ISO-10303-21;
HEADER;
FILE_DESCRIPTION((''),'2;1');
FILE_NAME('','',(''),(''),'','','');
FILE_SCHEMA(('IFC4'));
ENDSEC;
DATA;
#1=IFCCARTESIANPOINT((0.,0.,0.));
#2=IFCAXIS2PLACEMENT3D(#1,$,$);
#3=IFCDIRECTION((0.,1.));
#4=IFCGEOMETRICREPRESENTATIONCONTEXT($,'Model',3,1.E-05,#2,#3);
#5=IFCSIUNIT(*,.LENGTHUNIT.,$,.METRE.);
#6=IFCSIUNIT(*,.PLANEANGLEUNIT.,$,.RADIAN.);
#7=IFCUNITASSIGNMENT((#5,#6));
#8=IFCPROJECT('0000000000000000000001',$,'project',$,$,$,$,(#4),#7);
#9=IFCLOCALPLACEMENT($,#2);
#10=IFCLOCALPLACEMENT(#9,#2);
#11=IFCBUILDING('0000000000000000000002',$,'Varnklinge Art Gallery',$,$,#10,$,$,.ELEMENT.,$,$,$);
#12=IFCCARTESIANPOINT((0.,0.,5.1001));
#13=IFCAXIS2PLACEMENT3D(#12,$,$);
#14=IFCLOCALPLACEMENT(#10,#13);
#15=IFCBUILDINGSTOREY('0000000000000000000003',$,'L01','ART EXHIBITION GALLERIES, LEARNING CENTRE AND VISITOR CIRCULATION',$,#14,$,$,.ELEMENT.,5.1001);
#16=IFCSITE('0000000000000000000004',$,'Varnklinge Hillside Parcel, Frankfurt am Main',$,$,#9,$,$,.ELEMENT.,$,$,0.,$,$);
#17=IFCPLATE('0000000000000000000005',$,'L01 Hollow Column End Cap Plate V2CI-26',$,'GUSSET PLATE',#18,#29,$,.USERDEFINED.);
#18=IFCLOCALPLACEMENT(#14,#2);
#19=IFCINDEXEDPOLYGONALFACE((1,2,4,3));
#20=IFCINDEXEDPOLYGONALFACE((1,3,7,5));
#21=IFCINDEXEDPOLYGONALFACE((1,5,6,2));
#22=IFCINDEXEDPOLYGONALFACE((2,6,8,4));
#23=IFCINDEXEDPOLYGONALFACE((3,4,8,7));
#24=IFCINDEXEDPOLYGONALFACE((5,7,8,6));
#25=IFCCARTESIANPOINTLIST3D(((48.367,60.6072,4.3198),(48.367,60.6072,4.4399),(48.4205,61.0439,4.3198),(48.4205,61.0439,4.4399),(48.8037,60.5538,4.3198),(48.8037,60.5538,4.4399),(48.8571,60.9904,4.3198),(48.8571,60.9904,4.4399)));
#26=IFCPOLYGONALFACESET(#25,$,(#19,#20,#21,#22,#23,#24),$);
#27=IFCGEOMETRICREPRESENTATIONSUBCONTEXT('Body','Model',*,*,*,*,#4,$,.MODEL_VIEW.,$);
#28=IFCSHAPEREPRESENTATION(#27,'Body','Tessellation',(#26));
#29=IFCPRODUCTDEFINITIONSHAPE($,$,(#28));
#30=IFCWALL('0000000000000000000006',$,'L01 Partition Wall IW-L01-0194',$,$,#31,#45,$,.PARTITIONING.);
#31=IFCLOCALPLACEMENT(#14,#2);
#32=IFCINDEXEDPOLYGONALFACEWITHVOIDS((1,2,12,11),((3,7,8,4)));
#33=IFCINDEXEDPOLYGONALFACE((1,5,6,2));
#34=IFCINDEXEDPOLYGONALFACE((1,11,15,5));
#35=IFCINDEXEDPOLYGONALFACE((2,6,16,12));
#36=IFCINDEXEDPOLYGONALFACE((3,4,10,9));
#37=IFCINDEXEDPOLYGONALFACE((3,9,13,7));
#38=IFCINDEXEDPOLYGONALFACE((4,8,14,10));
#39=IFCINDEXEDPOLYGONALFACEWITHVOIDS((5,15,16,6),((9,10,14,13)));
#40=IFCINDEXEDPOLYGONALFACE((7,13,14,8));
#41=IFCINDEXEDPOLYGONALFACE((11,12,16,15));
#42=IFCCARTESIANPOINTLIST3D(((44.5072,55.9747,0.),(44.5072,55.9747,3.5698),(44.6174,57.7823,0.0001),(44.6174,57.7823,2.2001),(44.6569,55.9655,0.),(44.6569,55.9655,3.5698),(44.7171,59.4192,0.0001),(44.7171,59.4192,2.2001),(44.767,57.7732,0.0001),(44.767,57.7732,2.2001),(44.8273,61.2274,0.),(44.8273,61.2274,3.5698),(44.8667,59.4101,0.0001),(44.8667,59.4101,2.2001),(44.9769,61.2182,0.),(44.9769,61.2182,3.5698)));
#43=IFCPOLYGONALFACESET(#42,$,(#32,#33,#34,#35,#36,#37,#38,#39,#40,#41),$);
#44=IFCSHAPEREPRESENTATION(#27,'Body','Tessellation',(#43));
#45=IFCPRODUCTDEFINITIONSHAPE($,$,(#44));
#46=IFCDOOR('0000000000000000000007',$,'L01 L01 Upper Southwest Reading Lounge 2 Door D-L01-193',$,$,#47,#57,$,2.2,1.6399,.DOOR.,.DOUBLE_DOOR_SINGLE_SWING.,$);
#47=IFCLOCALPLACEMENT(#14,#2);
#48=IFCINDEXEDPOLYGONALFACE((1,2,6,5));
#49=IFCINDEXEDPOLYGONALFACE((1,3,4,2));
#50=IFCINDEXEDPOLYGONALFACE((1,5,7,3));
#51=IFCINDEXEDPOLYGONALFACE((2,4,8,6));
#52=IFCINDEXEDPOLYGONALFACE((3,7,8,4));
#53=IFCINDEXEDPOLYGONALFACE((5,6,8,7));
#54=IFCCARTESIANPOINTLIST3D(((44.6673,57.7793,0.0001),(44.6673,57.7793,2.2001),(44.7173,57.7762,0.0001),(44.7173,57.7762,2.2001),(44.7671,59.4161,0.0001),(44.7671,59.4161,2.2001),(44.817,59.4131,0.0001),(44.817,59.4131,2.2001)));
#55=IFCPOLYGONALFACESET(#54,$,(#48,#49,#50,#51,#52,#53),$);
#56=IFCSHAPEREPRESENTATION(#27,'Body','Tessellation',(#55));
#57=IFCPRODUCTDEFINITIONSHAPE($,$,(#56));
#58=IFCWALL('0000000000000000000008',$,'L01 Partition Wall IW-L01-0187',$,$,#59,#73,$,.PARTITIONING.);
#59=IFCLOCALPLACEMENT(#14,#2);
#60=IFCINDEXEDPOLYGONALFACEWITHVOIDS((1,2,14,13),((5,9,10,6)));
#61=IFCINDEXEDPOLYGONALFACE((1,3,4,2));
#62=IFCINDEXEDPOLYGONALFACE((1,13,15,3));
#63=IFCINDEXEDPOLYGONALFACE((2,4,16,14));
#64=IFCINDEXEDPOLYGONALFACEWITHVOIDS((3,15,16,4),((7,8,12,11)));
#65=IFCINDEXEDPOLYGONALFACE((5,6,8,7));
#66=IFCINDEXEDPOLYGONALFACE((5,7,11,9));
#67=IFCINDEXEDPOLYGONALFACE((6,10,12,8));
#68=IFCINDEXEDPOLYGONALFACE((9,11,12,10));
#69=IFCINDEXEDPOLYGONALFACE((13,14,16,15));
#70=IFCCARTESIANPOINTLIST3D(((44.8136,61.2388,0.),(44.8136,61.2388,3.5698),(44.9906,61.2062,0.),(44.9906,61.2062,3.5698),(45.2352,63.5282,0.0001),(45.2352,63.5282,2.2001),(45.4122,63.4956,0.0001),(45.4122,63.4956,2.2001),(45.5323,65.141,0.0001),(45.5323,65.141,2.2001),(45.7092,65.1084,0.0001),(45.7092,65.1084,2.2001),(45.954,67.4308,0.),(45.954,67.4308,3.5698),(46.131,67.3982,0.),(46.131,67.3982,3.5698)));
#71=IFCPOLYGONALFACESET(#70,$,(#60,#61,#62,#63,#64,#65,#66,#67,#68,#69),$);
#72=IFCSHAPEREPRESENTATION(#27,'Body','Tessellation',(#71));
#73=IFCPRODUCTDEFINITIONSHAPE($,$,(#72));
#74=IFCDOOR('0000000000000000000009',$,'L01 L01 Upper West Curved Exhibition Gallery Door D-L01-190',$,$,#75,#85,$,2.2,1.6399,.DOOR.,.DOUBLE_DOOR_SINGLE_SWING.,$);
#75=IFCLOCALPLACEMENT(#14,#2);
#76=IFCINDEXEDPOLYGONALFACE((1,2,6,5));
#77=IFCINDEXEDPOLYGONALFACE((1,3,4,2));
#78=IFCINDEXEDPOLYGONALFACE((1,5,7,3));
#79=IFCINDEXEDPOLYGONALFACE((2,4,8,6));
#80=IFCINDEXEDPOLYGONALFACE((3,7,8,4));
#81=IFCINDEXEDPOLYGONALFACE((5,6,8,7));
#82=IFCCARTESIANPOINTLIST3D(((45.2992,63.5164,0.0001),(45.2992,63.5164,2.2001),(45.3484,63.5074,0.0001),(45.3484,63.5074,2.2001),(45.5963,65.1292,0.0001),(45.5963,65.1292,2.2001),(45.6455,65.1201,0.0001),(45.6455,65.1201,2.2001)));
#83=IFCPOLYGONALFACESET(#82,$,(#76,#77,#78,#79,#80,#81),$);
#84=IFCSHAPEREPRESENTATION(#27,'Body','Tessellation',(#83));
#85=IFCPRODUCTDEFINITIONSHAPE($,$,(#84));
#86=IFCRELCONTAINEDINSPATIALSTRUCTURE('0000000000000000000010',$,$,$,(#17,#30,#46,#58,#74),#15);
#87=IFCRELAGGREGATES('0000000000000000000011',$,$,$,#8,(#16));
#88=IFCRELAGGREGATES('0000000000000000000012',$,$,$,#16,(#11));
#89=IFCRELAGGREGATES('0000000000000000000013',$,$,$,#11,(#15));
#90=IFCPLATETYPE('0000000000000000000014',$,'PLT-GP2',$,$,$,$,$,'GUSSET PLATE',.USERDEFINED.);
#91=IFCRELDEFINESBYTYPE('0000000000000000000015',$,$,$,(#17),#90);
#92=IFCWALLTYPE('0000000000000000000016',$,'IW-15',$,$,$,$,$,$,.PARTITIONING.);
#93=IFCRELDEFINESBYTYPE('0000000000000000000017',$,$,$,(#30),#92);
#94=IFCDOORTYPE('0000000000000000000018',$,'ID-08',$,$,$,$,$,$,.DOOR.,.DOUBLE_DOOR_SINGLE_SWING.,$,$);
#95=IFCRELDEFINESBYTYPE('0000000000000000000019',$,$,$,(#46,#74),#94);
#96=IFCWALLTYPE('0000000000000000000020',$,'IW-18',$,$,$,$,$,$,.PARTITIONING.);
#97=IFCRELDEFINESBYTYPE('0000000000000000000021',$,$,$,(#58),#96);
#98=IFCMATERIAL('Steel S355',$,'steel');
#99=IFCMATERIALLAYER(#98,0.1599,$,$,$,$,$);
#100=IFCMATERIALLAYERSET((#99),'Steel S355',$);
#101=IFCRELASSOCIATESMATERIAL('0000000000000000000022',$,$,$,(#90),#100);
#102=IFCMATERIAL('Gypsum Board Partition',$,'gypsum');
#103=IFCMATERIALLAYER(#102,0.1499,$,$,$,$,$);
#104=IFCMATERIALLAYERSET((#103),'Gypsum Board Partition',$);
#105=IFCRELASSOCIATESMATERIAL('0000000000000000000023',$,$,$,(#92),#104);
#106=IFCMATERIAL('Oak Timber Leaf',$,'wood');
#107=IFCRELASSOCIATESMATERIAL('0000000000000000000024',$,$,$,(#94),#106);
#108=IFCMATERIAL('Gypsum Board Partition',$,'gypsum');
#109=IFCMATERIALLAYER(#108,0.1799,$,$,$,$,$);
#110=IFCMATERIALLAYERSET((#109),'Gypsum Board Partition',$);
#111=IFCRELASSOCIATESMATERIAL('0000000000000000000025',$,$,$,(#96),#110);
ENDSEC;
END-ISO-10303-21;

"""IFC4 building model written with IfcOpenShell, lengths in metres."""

from ifc_helpers import new_model, si_unit, direction, frame, frame_2d, origin, origin_2d, place, context, subcontext, project, spatial, rectangle, extrude, material, layer, layer_set, type_object, element, fill, save


model = new_model("IFC4")

# Units and contexts
model_context = context("Model", 3, precision=1e-05, world=origin(), true_north=direction((0.0, 1.0)))
body_context = subcontext(model_context, "Body", "Model", "MODEL_VIEW")
ifc_project = project(units=[si_unit("LENGTHUNIT", "METRE"), si_unit("PLANEANGLEUNIT", "RADIAN")], contexts=[model_context])

# Site, building, storey
site_placement = place(None, origin())
site = spatial("IfcSite", under=ifc_project, at=site_placement, Name="Varnklinge Hillside Parcel, Frankfurt am Main", CompositionType="ELEMENT", RefElevation=0.0)
building_placement = place(site_placement, origin())
building = spatial("IfcBuilding", under=site, at=building_placement, Name="Varnklinge Art Gallery", CompositionType="ELEMENT")
storey_placement = place(building_placement, frame((0.0, 0.0, 5.1001)))
storey = spatial("IfcBuildingStorey", under=building, at=storey_placement, Name="L01", Description="ART EXHIBITION GALLERIES, LEARNING CENTRE AND VISITOR CIRCULATION", CompositionType="ELEMENT", Elevation=5.1001)

# Plate
ifc_material_1 = material(Name="Steel S355", Category="steel")
ifc_layer_1 = layer(ifc_material_1, 0.1599)
ifc_layer_set_1 = layer_set([ifc_layer_1], Name="Steel S355")
plate_type_1 = type_object("IfcPlateType", Name="PLT-GP2", ElementType="GUSSET PLATE", PredefinedType="USERDEFINED", material=ifc_layer_set_1)
plate_1_placement = place(storey_placement, frame((48.6121, 60.7988, 4.3198), z_axis=(0.0, 0.0, 1.0), x_axis=(0.992589, -0.121523, 0.0)))
element("IfcPlate", 1, at=plate_1_placement, inside=storey, type_object=plate_type_1, Name="L01 Hollow Column End Cap Plate V2CI-26", ObjectType="GUSSET PLATE", PredefinedType="USERDEFINED", context=body_context, shape_type="SweptSolid", body=[
    extrude(rectangle(XDim=0.4399, YDim=0.4399, at=origin_2d()), origin(), (0.0, 0.0, 1.0), 0.1201),
])

# Walls, openings, doors
ifc_material_2 = material(Name="Gypsum Board Partition", Category="gypsum")
ifc_layer_2 = layer(ifc_material_2, 0.1499)
ifc_layer_set_2 = layer_set([ifc_layer_2], Name="Gypsum Board Partition")
wall_type_1 = type_object("IfcWallType", Name="IW-15", PredefinedType="PARTITIONING", material=ifc_layer_set_2)
wall_1_placement = place(storey_placement, frame((44.582, 55.97, 0.0), z_axis=(0.0, 0.0, 1.0), x_axis=(0.060821, 0.998149, 0.0)))
wall_1 = element("IfcWall", 2, at=wall_1_placement, inside=storey, type_object=wall_type_1, Name="L01 Partition Wall IW-L01-0194", PredefinedType="PARTITIONING", context=body_context, shape_type="SweptSolid", body=[
    extrude(rectangle(XDim=5.2625, YDim=0.1499, at=frame_2d((2.6313, 0.0))), origin(), (0.0, 0.0, 1.0), 3.5698),
])
opening_1_placement = place(wall_1_placement, frame((1.8113, 0.0, 0.0)))
opening_1 = element("IfcOpeningElement", 3, at=opening_1_placement, cuts=wall_1, PredefinedType="OPENING", context=body_context, shape_type="SweptSolid", body=[
    extrude(rectangle(XDim=1.6399, YDim=2.2, at=frame_2d((0.8198, 1.1001))), frame((0.0, 0.085, 0.0), z_axis=(0.0, -1.0, 0.0), x_axis=(1.0, 0.0, 0.0)), (0.0, 0.0, 1.0), 0.1699),
])
ifc_material_3 = material(Name="Oak Timber Leaf", Category="wood")
door_type = type_object("IfcDoorType", Name="ID-08", OperationType="DOUBLE_DOOR_SINGLE_SWING", PredefinedType="DOOR", material=ifc_material_3)
door_1_placement = place(opening_1_placement, origin())
door_1 = element("IfcDoor", 4, at=door_1_placement, inside=storey, type_object=door_type, Name="L01 L01 Upper Southwest Reading Lounge 2 Door D-L01-193", OperationType="DOUBLE_DOOR_SINGLE_SWING", OverallHeight=2.2, OverallWidth=1.6399, PredefinedType="DOOR", context=body_context, shape_type="SweptSolid", body=[
    extrude(rectangle(XDim=1.6399, YDim=2.2, at=frame_2d((0.8198, 1.1001))), frame((0.0, 0.0249, 0.0), z_axis=(0.0, -1.0, 0.0), x_axis=(1.0, 0.0, 0.0)), (0.0, 0.0, 1.0), 0.05),
])
fill(opening_1, door_1)
ifc_material_4 = material(Name="Gypsum Board Partition", Category="gypsum")
ifc_layer_3 = layer(ifc_material_4, 0.1799)
ifc_layer_set_3 = layer_set([ifc_layer_3], Name="Gypsum Board Partition")
wall_type_2 = type_object("IfcWallType", Name="IW-18", PredefinedType="PARTITIONING", material=ifc_layer_set_3)
wall_2_placement = place(storey_placement, frame((44.9021, 61.2227, 0.0), z_axis=(0.0, 0.0, 1.0), x_axis=(0.181127, 0.98346, 0.0)))
wall_2 = element("IfcWall", 5, at=wall_2_placement, inside=storey, type_object=wall_type_2, Name="L01 Partition Wall IW-L01-0187", PredefinedType="PARTITIONING", context=body_context, shape_type="SweptSolid", body=[
    extrude(rectangle(XDim=6.2961, YDim=0.1799, at=frame_2d((3.1479, 0.0))), origin(), (0.0, 0.0, 1.0), 3.5698),
])
opening_2_placement = place(wall_2_placement, frame((2.3279, 0.0, 0.0)))
opening_2 = element("IfcOpeningElement", 6, at=opening_2_placement, cuts=wall_2, PredefinedType="OPENING", context=body_context, shape_type="SweptSolid", body=[
    extrude(rectangle(XDim=1.6399, YDim=2.2, at=frame_2d((0.8198, 1.1001))), frame((0.0, 0.0999, 0.0), z_axis=(0.0, -1.0, 0.0), x_axis=(1.0, 0.0, 0.0)), (0.0, 0.0, 1.0), 0.2),
])
door_2_placement = place(opening_2_placement, origin())
door_2 = element("IfcDoor", 7, at=door_2_placement, inside=storey, type_object=door_type, Name="L01 L01 Upper West Curved Exhibition Gallery Door D-L01-190", OperationType="DOUBLE_DOOR_SINGLE_SWING", OverallHeight=2.2, OverallWidth=1.6399, PredefinedType="DOOR", context=body_context, shape_type="SweptSolid", body=[
    extrude(rectangle(XDim=1.6399, YDim=2.2, at=frame_2d((0.8198, 1.1001))), frame((0.0, 0.0249, 0.0), z_axis=(0.0, -1.0, 0.0), x_axis=(1.0, 0.0, 0.0)), (0.0, 0.0, 1.0), 0.05),
])
fill(opening_2, door_2)

save(model, "model.ifc")
